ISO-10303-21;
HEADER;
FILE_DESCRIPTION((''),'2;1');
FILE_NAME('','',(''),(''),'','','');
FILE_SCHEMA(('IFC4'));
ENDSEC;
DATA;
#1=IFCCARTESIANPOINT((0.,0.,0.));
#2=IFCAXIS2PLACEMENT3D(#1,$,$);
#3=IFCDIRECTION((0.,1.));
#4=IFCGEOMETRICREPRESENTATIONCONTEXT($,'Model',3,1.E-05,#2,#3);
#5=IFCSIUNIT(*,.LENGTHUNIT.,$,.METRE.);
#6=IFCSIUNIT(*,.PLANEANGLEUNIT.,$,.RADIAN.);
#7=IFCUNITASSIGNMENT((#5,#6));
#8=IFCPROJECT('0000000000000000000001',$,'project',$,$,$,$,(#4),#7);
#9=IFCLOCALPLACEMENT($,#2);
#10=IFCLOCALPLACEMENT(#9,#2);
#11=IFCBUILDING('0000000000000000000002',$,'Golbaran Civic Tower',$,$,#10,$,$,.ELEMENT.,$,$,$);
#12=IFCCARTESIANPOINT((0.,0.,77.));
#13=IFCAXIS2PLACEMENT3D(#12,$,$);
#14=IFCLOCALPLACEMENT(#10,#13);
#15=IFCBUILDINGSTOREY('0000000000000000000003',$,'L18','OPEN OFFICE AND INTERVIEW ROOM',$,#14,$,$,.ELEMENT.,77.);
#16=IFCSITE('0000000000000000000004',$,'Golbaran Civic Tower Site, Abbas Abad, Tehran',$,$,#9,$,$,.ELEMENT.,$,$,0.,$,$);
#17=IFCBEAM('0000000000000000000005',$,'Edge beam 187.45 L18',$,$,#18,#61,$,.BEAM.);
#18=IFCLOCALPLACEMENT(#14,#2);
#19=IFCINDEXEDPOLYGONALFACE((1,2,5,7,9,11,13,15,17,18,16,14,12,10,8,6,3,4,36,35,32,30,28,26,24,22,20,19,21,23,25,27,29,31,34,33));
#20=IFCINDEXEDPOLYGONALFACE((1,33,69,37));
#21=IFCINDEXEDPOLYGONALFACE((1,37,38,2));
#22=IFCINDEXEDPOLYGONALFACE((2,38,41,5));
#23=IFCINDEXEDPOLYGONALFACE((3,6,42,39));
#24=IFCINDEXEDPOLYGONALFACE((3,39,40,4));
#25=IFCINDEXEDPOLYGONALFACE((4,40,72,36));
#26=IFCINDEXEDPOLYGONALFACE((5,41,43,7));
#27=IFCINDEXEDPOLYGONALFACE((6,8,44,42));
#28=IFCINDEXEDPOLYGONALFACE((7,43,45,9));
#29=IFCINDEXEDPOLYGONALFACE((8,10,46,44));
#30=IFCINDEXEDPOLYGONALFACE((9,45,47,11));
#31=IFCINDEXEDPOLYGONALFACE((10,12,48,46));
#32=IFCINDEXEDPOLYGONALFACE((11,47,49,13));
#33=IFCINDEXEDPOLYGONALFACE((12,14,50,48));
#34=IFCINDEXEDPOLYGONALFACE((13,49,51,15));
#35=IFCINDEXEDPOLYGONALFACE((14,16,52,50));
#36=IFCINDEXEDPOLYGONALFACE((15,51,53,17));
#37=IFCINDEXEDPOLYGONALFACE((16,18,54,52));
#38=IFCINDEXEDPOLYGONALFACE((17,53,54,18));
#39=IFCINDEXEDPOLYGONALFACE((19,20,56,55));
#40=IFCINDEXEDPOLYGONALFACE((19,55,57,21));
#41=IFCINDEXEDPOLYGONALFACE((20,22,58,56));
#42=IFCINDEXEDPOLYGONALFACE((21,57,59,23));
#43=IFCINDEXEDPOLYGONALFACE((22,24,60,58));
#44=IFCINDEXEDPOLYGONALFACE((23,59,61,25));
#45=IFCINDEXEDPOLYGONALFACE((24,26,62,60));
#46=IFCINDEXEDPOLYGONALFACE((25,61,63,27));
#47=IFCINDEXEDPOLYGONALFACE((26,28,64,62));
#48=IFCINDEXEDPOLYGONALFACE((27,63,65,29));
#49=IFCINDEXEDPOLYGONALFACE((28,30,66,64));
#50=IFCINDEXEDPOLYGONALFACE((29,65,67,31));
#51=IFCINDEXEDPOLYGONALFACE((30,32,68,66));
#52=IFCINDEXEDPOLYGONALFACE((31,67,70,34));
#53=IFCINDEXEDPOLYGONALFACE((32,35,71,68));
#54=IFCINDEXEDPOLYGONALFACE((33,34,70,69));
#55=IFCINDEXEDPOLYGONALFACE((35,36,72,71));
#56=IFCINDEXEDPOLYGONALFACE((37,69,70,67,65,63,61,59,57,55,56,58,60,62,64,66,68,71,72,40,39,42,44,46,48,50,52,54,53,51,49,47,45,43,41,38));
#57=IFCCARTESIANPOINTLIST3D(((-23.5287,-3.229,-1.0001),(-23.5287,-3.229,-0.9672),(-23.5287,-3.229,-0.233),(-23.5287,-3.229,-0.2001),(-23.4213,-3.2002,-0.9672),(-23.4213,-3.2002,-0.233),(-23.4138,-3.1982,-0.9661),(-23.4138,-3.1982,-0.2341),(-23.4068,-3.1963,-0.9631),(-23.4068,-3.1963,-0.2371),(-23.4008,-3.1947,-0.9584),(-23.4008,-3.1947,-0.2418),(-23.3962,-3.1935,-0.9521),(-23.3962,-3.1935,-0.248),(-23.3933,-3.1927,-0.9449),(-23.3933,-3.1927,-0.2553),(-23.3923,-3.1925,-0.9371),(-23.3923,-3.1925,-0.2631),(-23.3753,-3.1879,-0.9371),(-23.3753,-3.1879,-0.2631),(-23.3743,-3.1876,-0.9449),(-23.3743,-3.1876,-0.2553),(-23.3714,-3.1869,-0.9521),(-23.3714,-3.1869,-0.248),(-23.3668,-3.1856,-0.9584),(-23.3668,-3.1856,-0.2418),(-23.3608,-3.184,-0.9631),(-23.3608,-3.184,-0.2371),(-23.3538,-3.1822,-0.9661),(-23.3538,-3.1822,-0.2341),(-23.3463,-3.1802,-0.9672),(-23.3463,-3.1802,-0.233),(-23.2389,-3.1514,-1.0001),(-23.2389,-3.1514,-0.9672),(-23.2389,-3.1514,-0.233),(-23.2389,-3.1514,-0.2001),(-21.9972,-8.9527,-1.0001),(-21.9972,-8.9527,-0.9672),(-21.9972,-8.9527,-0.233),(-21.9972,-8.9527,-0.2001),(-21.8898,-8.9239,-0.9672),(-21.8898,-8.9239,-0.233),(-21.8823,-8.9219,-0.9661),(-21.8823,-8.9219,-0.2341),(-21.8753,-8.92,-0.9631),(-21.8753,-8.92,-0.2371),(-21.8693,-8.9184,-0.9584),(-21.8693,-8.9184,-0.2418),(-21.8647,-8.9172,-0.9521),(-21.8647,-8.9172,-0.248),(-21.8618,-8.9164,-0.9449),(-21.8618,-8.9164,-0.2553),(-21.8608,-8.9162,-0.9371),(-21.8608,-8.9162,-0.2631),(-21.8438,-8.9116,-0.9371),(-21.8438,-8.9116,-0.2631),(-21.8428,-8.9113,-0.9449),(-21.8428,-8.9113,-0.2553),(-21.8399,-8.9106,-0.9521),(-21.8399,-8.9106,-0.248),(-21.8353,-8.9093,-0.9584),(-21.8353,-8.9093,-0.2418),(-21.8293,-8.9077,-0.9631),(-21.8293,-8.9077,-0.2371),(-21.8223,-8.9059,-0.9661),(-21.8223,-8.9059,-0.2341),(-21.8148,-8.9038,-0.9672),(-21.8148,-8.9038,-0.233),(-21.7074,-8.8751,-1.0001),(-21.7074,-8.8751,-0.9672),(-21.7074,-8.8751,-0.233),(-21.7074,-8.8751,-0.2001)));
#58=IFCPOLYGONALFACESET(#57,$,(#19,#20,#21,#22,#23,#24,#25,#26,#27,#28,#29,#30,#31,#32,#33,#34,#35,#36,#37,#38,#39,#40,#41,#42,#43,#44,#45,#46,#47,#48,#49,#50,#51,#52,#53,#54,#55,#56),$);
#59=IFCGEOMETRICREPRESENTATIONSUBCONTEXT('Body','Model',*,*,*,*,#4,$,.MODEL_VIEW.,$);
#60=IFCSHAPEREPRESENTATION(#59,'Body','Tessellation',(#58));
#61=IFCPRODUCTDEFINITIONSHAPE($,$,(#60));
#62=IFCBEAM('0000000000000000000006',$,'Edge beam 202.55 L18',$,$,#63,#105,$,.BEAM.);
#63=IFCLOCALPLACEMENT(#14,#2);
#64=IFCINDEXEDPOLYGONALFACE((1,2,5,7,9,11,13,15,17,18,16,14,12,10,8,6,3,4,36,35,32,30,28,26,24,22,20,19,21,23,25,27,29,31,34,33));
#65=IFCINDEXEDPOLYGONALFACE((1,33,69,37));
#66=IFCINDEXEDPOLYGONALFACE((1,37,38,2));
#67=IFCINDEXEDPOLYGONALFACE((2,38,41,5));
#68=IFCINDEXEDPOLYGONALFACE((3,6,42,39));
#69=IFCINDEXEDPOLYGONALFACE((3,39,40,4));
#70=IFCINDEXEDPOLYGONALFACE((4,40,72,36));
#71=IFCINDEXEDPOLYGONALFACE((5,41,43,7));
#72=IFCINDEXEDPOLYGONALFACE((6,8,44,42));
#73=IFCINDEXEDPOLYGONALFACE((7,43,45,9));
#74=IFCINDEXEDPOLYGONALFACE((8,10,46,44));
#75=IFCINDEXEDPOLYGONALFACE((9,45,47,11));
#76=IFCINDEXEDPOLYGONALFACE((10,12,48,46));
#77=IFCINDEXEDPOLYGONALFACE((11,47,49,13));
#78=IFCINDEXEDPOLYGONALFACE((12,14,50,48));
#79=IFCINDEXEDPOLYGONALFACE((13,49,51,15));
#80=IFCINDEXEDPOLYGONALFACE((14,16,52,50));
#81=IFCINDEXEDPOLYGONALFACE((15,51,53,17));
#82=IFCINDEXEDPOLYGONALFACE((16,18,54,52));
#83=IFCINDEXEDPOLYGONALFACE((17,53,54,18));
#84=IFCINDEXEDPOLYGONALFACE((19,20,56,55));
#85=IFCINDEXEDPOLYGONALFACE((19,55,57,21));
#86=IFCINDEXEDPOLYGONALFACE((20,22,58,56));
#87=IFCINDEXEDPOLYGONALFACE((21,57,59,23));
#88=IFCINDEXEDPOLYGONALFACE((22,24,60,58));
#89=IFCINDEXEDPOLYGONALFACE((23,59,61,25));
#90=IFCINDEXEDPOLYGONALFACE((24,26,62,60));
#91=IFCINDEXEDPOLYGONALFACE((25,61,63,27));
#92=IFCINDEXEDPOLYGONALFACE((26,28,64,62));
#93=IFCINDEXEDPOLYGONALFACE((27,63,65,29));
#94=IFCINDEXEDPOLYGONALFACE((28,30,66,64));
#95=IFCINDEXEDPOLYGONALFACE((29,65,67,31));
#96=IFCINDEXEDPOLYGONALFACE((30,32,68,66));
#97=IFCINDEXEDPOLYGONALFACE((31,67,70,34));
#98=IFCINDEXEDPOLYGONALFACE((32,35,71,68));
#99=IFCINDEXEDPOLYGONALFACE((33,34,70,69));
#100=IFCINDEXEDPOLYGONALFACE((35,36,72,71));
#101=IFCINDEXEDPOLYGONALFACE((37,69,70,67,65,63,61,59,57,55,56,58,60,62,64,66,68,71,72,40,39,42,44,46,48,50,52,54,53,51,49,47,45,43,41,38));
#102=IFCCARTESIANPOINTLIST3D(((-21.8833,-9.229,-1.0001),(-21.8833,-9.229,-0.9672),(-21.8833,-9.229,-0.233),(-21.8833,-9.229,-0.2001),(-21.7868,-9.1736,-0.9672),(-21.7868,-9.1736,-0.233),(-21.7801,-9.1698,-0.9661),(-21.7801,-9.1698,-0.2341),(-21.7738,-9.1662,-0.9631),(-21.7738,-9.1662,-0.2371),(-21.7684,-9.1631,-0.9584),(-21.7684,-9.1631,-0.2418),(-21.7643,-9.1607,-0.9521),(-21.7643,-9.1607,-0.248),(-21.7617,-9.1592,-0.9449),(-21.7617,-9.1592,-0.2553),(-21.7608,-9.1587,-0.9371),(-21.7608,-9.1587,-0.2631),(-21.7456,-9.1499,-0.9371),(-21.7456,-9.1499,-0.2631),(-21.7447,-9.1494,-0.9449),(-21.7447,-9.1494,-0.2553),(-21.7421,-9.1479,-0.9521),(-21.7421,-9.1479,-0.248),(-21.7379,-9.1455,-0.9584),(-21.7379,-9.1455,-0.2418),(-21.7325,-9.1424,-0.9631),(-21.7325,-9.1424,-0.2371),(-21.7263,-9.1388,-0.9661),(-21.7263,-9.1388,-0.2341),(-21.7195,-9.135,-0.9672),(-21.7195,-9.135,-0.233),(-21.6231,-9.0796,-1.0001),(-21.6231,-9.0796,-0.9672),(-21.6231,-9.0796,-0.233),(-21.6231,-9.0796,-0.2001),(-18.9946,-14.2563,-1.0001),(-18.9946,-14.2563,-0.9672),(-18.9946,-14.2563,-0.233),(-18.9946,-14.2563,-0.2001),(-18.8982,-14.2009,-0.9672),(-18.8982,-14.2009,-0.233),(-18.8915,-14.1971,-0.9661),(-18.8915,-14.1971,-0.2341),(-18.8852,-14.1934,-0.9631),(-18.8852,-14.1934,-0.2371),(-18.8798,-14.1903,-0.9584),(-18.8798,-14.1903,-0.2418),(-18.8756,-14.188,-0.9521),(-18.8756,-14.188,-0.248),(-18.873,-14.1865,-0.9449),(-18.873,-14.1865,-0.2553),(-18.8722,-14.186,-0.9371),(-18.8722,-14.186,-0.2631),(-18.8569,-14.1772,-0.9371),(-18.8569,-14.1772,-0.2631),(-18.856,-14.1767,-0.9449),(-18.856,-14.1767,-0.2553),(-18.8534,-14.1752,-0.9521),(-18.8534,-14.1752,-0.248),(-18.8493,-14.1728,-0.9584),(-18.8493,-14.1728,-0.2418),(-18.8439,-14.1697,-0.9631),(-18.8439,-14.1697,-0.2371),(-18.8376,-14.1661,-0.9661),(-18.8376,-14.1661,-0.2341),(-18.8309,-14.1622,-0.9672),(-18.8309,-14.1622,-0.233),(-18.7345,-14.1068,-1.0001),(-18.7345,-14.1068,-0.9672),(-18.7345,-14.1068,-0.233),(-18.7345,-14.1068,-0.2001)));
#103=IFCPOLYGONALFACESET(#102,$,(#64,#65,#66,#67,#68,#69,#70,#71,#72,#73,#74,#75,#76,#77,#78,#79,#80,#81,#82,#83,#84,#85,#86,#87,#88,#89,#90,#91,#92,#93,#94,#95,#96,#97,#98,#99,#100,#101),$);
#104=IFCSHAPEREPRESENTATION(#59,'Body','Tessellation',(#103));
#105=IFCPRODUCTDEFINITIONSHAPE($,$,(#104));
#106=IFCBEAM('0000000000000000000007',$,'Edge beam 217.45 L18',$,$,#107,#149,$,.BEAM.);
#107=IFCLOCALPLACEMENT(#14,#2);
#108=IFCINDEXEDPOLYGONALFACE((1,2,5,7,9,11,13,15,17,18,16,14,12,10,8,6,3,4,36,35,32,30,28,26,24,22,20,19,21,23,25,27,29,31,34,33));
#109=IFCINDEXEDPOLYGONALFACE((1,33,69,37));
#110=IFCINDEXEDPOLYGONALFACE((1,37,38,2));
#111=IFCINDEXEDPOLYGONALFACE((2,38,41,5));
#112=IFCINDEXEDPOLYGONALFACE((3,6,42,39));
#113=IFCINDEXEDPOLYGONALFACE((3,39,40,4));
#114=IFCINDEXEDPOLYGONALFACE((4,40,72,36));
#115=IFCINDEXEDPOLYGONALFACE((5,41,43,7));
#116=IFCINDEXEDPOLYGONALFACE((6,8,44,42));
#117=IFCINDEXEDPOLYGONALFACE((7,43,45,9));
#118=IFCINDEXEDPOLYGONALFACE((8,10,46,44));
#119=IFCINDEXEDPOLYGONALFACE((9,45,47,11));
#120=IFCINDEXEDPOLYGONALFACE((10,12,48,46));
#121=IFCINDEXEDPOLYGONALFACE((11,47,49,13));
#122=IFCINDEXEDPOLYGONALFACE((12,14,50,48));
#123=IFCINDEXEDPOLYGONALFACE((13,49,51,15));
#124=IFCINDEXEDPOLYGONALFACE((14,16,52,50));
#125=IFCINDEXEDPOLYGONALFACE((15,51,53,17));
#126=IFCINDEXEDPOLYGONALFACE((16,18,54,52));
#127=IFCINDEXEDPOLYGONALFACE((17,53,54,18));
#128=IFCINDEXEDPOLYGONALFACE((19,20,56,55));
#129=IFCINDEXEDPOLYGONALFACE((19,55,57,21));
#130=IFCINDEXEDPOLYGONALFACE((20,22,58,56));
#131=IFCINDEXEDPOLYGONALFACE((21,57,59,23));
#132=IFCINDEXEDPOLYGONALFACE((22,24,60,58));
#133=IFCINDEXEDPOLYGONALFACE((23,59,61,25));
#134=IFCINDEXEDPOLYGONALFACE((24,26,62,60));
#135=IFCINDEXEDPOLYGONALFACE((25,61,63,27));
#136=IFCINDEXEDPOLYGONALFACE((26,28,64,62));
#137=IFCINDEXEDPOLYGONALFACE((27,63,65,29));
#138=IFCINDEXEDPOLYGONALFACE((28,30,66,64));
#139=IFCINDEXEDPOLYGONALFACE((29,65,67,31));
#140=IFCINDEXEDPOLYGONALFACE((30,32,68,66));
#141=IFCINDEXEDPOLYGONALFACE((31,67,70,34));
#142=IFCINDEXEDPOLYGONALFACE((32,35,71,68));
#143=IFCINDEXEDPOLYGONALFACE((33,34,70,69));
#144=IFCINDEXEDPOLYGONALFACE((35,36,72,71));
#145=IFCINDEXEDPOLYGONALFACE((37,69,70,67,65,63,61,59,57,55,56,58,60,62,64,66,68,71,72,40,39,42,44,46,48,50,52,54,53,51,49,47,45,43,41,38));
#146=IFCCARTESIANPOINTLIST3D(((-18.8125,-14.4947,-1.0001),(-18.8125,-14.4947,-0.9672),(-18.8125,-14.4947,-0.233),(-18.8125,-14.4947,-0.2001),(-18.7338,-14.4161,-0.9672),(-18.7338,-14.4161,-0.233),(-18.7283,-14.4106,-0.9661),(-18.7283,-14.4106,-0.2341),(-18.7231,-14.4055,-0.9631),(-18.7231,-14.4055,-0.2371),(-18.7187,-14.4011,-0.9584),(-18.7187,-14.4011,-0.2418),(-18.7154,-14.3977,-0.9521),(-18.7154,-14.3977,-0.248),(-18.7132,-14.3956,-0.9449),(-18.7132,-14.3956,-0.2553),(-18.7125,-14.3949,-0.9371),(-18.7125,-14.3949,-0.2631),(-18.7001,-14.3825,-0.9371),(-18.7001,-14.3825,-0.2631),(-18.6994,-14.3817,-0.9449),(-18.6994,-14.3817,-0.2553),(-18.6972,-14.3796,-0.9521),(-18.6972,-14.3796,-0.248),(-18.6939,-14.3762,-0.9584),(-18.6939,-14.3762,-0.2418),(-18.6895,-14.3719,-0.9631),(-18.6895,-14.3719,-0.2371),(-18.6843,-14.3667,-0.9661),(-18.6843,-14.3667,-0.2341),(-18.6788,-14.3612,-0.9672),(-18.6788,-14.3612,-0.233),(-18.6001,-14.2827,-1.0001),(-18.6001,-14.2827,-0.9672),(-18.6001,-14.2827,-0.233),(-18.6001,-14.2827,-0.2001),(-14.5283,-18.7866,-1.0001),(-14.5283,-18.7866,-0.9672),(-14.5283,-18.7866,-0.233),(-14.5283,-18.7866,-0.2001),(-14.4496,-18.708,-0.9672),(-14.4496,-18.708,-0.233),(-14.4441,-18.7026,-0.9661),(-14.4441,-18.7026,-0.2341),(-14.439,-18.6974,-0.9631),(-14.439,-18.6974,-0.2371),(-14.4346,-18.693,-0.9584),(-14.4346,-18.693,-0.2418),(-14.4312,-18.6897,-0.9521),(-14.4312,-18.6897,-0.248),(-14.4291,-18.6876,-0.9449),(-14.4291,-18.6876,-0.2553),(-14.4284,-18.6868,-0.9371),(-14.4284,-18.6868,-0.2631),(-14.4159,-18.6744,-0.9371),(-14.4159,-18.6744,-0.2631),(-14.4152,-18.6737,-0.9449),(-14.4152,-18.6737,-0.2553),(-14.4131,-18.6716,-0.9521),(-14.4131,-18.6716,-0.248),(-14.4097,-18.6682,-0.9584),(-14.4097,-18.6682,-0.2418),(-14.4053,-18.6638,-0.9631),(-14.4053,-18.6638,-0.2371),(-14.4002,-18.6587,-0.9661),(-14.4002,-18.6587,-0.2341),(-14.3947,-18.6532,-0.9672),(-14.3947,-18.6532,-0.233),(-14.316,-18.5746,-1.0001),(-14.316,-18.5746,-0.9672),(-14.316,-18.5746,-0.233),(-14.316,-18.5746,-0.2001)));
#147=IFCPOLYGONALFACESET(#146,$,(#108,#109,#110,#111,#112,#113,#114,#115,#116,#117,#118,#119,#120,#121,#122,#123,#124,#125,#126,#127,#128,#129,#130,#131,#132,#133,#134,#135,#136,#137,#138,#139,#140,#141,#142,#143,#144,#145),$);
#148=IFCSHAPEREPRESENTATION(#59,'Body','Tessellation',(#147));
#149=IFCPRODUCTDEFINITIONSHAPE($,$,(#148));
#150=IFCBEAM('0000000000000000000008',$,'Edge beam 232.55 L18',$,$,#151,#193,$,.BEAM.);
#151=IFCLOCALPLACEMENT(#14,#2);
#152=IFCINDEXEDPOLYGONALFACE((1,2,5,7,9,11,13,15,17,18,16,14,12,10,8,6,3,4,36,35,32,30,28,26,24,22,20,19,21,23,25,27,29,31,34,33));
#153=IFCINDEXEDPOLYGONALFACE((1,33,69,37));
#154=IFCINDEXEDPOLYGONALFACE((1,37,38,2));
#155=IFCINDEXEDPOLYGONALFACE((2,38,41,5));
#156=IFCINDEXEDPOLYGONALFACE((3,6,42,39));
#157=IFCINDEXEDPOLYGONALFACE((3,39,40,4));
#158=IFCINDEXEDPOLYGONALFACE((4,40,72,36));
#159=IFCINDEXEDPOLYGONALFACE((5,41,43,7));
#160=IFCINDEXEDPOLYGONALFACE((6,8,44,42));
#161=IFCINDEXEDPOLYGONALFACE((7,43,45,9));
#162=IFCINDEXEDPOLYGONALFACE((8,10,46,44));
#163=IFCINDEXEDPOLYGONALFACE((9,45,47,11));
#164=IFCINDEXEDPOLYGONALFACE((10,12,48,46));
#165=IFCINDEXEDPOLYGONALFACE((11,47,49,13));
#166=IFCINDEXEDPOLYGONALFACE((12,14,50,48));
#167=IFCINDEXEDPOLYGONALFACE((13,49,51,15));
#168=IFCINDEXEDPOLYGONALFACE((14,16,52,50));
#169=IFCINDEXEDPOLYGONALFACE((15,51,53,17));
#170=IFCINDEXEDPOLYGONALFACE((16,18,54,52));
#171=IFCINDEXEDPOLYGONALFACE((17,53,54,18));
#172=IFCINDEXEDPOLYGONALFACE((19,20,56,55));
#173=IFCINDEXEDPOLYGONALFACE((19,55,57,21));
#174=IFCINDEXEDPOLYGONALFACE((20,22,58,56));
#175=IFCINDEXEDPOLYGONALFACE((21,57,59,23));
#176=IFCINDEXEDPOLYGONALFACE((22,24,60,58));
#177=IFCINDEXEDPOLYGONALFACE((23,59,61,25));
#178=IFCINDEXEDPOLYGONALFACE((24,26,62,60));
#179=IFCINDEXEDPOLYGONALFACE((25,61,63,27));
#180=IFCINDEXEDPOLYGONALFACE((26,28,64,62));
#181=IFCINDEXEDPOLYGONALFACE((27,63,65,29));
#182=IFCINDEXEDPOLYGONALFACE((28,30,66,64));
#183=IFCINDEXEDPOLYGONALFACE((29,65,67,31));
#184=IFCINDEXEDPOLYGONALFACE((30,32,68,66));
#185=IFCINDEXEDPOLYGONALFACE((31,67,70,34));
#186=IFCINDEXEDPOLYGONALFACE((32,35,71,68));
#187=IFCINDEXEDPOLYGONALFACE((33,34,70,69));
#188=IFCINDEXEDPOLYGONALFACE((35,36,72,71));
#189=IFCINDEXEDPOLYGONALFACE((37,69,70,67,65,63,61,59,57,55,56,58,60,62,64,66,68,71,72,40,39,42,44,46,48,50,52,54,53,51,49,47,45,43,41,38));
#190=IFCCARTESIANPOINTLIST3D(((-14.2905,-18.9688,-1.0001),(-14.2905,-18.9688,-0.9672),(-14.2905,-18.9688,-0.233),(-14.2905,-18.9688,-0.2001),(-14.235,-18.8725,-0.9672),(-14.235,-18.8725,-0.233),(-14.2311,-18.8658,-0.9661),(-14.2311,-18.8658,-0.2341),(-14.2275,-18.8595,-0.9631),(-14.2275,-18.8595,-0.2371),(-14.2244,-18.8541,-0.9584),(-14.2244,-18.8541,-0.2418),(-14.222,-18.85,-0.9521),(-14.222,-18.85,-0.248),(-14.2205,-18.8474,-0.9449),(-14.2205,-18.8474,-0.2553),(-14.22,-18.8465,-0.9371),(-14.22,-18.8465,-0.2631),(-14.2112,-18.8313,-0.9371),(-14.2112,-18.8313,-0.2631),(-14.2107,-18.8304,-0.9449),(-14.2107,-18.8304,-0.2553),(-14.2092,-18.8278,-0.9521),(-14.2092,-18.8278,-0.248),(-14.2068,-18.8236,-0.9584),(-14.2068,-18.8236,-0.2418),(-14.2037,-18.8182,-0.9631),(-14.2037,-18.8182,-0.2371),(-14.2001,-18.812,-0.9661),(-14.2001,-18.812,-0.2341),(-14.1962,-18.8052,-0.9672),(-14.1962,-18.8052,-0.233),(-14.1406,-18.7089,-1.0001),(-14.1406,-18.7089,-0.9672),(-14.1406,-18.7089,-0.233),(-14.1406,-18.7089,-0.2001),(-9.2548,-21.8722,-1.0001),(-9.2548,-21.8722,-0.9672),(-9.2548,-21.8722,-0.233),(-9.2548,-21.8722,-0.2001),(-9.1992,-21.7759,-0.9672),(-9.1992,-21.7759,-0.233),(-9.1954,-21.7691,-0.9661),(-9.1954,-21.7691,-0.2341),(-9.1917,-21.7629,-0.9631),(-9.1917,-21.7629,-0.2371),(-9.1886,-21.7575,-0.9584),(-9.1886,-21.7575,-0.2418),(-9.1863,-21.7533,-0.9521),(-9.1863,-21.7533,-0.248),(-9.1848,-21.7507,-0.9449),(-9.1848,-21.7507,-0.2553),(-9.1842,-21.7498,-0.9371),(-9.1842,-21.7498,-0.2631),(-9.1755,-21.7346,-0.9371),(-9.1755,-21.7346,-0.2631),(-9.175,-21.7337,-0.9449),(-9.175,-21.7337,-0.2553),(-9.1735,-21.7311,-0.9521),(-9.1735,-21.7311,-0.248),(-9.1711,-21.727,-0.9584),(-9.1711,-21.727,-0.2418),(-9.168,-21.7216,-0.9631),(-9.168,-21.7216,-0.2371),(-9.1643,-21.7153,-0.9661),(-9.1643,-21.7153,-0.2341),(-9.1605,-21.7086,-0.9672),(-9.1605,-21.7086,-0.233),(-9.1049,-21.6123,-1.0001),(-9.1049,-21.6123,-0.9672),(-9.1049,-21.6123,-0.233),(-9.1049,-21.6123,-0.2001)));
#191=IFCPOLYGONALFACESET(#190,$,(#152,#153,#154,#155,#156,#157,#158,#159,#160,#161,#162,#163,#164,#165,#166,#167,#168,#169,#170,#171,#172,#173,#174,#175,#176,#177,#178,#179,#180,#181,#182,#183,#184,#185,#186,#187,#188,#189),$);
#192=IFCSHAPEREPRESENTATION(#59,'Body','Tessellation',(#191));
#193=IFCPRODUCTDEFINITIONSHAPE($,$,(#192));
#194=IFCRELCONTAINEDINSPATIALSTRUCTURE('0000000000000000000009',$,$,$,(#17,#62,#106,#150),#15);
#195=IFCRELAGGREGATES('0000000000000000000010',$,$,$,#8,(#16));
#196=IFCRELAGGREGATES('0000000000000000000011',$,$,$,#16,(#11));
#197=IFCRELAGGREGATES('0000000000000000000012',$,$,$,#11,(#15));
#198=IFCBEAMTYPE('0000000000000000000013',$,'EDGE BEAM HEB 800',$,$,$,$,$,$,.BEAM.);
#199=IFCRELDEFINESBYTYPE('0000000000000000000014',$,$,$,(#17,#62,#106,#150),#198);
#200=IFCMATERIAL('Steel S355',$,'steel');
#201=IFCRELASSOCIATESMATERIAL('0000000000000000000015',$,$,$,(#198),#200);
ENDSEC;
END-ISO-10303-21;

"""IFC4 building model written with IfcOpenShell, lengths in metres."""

from ifc_helpers import new_model, si_unit, direction, frame, origin, origin_2d, place, context, subcontext, project, spatial, i_section, extrude, material, material_profile, profile_set, type_object, element, save


model = new_model("IFC4")

# Units and contexts
model_context = context("Model", 3, precision=1e-05, world=origin(), true_north=direction((0.0, 1.0)))
body_context = subcontext(model_context, "Body", "Model", "MODEL_VIEW")
ifc_project = project(units=[si_unit("LENGTHUNIT", "METRE"), si_unit("PLANEANGLEUNIT", "RADIAN")], contexts=[model_context])

# Site, building, storey
site_placement = place(None, origin())
site = spatial("IfcSite", under=ifc_project, at=site_placement, Name="Golbaran Civic Tower Site, Abbas Abad, Tehran", CompositionType="ELEMENT", RefElevation=0.0)
building_placement = place(site_placement, origin())
building = spatial("IfcBuilding", under=site, at=building_placement, Name="Golbaran Civic Tower", CompositionType="ELEMENT")
storey_placement = place(building_placement, frame((0.0, 0.0, 77.0)))
storey = spatial("IfcBuildingStorey", under=building, at=storey_placement, Name="L18", Description="OPEN OFFICE AND INTERVIEW ROOM", CompositionType="ELEMENT", Elevation=77.0)

# Beams
ifc_material_1 = material(Name="Steel S355", Category="steel")
ifc_material_profile_1 = material_profile(ifc_material_1, i_section(OverallWidth=0.3, OverallDepth=0.8, WebThickness=0.0176, FlangeThickness=0.033, FilletRadius=0.03, at=origin_2d()), Name="HEB 800")
ifc_profile_set_1 = profile_set([ifc_material_profile_1], Name="Steel S355")
beam_type_1 = type_object("IfcBeamType", Name="EDGE BEAM HEB 800", PredefinedType="BEAM", material=ifc_profile_set_1)
beam_1_placement = place(storey_placement, frame((-23.3838, -3.1902, -0.6001), z_axis=(0.258481, -0.966016, 0.0), x_axis=(0.966016, 0.258481, 0.0)))
element("IfcBeam", 1, at=beam_1_placement, inside=storey, type_object=beam_type_1, Name="Edge beam 187.45 L18", PredefinedType="BEAM", context=body_context, shape_type="SweptSolid", body=[
    extrude(i_section(OverallWidth=0.3, OverallDepth=0.8, WebThickness=0.0176, FlangeThickness=0.033, FilletRadius=0.03, at=origin_2d()), origin(), (0.0, 0.0, 1.0), 5.925),
])
beam_2_placement = place(storey_placement, frame((-21.7532, -9.1543, -0.6001), z_axis=(0.498205, -0.867059, 0.0), x_axis=(0.867059, 0.498205, 0.0)))
element("IfcBeam", 2, at=beam_2_placement, inside=storey, type_object=beam_type_1, Name="Edge beam 202.55 L18", PredefinedType="BEAM", context=body_context, shape_type="SweptSolid", body=[
    extrude(i_section(OverallWidth=0.3, OverallDepth=0.8, WebThickness=0.0176, FlangeThickness=0.033, FilletRadius=0.03, at=origin_2d()), origin(), (0.0, 0.0, 1.0), 5.7981),
])
beam_3_placement = place(storey_placement, frame((-18.7063, -14.3887, -0.6001), z_axis=(0.706462, -0.707751, 0.0), x_axis=(0.707751, 0.706462, 0.0)))
element("IfcBeam", 3, at=beam_3_placement, inside=storey, type_object=beam_type_1, Name="Edge beam 217.45 L18", PredefinedType="BEAM", context=body_context, shape_type="SweptSolid", body=[
    extrude(i_section(OverallWidth=0.3, OverallDepth=0.8, WebThickness=0.0176, FlangeThickness=0.033, FilletRadius=0.03, at=origin_2d()), origin(), (0.0, 0.0, 1.0), 6.0642),
])
beam_4_placement = place(storey_placement, frame((-14.2156, -18.8389, -0.6001), z_axis=(0.866324, -0.499482, 0.0), x_axis=(0.499482, 0.866324, 0.0)))
element("IfcBeam", 4, at=beam_4_placement, inside=storey, type_object=beam_type_1, Name="Edge beam 232.55 L18", PredefinedType="BEAM", context=body_context, shape_type="SweptSolid", body=[
    extrude(i_section(OverallWidth=0.3, OverallDepth=0.8, WebThickness=0.0176, FlangeThickness=0.033, FilletRadius=0.03, at=origin_2d()), origin(), (0.0, 0.0, 1.0), 5.8127),
])

save(model, "model.ifc")
